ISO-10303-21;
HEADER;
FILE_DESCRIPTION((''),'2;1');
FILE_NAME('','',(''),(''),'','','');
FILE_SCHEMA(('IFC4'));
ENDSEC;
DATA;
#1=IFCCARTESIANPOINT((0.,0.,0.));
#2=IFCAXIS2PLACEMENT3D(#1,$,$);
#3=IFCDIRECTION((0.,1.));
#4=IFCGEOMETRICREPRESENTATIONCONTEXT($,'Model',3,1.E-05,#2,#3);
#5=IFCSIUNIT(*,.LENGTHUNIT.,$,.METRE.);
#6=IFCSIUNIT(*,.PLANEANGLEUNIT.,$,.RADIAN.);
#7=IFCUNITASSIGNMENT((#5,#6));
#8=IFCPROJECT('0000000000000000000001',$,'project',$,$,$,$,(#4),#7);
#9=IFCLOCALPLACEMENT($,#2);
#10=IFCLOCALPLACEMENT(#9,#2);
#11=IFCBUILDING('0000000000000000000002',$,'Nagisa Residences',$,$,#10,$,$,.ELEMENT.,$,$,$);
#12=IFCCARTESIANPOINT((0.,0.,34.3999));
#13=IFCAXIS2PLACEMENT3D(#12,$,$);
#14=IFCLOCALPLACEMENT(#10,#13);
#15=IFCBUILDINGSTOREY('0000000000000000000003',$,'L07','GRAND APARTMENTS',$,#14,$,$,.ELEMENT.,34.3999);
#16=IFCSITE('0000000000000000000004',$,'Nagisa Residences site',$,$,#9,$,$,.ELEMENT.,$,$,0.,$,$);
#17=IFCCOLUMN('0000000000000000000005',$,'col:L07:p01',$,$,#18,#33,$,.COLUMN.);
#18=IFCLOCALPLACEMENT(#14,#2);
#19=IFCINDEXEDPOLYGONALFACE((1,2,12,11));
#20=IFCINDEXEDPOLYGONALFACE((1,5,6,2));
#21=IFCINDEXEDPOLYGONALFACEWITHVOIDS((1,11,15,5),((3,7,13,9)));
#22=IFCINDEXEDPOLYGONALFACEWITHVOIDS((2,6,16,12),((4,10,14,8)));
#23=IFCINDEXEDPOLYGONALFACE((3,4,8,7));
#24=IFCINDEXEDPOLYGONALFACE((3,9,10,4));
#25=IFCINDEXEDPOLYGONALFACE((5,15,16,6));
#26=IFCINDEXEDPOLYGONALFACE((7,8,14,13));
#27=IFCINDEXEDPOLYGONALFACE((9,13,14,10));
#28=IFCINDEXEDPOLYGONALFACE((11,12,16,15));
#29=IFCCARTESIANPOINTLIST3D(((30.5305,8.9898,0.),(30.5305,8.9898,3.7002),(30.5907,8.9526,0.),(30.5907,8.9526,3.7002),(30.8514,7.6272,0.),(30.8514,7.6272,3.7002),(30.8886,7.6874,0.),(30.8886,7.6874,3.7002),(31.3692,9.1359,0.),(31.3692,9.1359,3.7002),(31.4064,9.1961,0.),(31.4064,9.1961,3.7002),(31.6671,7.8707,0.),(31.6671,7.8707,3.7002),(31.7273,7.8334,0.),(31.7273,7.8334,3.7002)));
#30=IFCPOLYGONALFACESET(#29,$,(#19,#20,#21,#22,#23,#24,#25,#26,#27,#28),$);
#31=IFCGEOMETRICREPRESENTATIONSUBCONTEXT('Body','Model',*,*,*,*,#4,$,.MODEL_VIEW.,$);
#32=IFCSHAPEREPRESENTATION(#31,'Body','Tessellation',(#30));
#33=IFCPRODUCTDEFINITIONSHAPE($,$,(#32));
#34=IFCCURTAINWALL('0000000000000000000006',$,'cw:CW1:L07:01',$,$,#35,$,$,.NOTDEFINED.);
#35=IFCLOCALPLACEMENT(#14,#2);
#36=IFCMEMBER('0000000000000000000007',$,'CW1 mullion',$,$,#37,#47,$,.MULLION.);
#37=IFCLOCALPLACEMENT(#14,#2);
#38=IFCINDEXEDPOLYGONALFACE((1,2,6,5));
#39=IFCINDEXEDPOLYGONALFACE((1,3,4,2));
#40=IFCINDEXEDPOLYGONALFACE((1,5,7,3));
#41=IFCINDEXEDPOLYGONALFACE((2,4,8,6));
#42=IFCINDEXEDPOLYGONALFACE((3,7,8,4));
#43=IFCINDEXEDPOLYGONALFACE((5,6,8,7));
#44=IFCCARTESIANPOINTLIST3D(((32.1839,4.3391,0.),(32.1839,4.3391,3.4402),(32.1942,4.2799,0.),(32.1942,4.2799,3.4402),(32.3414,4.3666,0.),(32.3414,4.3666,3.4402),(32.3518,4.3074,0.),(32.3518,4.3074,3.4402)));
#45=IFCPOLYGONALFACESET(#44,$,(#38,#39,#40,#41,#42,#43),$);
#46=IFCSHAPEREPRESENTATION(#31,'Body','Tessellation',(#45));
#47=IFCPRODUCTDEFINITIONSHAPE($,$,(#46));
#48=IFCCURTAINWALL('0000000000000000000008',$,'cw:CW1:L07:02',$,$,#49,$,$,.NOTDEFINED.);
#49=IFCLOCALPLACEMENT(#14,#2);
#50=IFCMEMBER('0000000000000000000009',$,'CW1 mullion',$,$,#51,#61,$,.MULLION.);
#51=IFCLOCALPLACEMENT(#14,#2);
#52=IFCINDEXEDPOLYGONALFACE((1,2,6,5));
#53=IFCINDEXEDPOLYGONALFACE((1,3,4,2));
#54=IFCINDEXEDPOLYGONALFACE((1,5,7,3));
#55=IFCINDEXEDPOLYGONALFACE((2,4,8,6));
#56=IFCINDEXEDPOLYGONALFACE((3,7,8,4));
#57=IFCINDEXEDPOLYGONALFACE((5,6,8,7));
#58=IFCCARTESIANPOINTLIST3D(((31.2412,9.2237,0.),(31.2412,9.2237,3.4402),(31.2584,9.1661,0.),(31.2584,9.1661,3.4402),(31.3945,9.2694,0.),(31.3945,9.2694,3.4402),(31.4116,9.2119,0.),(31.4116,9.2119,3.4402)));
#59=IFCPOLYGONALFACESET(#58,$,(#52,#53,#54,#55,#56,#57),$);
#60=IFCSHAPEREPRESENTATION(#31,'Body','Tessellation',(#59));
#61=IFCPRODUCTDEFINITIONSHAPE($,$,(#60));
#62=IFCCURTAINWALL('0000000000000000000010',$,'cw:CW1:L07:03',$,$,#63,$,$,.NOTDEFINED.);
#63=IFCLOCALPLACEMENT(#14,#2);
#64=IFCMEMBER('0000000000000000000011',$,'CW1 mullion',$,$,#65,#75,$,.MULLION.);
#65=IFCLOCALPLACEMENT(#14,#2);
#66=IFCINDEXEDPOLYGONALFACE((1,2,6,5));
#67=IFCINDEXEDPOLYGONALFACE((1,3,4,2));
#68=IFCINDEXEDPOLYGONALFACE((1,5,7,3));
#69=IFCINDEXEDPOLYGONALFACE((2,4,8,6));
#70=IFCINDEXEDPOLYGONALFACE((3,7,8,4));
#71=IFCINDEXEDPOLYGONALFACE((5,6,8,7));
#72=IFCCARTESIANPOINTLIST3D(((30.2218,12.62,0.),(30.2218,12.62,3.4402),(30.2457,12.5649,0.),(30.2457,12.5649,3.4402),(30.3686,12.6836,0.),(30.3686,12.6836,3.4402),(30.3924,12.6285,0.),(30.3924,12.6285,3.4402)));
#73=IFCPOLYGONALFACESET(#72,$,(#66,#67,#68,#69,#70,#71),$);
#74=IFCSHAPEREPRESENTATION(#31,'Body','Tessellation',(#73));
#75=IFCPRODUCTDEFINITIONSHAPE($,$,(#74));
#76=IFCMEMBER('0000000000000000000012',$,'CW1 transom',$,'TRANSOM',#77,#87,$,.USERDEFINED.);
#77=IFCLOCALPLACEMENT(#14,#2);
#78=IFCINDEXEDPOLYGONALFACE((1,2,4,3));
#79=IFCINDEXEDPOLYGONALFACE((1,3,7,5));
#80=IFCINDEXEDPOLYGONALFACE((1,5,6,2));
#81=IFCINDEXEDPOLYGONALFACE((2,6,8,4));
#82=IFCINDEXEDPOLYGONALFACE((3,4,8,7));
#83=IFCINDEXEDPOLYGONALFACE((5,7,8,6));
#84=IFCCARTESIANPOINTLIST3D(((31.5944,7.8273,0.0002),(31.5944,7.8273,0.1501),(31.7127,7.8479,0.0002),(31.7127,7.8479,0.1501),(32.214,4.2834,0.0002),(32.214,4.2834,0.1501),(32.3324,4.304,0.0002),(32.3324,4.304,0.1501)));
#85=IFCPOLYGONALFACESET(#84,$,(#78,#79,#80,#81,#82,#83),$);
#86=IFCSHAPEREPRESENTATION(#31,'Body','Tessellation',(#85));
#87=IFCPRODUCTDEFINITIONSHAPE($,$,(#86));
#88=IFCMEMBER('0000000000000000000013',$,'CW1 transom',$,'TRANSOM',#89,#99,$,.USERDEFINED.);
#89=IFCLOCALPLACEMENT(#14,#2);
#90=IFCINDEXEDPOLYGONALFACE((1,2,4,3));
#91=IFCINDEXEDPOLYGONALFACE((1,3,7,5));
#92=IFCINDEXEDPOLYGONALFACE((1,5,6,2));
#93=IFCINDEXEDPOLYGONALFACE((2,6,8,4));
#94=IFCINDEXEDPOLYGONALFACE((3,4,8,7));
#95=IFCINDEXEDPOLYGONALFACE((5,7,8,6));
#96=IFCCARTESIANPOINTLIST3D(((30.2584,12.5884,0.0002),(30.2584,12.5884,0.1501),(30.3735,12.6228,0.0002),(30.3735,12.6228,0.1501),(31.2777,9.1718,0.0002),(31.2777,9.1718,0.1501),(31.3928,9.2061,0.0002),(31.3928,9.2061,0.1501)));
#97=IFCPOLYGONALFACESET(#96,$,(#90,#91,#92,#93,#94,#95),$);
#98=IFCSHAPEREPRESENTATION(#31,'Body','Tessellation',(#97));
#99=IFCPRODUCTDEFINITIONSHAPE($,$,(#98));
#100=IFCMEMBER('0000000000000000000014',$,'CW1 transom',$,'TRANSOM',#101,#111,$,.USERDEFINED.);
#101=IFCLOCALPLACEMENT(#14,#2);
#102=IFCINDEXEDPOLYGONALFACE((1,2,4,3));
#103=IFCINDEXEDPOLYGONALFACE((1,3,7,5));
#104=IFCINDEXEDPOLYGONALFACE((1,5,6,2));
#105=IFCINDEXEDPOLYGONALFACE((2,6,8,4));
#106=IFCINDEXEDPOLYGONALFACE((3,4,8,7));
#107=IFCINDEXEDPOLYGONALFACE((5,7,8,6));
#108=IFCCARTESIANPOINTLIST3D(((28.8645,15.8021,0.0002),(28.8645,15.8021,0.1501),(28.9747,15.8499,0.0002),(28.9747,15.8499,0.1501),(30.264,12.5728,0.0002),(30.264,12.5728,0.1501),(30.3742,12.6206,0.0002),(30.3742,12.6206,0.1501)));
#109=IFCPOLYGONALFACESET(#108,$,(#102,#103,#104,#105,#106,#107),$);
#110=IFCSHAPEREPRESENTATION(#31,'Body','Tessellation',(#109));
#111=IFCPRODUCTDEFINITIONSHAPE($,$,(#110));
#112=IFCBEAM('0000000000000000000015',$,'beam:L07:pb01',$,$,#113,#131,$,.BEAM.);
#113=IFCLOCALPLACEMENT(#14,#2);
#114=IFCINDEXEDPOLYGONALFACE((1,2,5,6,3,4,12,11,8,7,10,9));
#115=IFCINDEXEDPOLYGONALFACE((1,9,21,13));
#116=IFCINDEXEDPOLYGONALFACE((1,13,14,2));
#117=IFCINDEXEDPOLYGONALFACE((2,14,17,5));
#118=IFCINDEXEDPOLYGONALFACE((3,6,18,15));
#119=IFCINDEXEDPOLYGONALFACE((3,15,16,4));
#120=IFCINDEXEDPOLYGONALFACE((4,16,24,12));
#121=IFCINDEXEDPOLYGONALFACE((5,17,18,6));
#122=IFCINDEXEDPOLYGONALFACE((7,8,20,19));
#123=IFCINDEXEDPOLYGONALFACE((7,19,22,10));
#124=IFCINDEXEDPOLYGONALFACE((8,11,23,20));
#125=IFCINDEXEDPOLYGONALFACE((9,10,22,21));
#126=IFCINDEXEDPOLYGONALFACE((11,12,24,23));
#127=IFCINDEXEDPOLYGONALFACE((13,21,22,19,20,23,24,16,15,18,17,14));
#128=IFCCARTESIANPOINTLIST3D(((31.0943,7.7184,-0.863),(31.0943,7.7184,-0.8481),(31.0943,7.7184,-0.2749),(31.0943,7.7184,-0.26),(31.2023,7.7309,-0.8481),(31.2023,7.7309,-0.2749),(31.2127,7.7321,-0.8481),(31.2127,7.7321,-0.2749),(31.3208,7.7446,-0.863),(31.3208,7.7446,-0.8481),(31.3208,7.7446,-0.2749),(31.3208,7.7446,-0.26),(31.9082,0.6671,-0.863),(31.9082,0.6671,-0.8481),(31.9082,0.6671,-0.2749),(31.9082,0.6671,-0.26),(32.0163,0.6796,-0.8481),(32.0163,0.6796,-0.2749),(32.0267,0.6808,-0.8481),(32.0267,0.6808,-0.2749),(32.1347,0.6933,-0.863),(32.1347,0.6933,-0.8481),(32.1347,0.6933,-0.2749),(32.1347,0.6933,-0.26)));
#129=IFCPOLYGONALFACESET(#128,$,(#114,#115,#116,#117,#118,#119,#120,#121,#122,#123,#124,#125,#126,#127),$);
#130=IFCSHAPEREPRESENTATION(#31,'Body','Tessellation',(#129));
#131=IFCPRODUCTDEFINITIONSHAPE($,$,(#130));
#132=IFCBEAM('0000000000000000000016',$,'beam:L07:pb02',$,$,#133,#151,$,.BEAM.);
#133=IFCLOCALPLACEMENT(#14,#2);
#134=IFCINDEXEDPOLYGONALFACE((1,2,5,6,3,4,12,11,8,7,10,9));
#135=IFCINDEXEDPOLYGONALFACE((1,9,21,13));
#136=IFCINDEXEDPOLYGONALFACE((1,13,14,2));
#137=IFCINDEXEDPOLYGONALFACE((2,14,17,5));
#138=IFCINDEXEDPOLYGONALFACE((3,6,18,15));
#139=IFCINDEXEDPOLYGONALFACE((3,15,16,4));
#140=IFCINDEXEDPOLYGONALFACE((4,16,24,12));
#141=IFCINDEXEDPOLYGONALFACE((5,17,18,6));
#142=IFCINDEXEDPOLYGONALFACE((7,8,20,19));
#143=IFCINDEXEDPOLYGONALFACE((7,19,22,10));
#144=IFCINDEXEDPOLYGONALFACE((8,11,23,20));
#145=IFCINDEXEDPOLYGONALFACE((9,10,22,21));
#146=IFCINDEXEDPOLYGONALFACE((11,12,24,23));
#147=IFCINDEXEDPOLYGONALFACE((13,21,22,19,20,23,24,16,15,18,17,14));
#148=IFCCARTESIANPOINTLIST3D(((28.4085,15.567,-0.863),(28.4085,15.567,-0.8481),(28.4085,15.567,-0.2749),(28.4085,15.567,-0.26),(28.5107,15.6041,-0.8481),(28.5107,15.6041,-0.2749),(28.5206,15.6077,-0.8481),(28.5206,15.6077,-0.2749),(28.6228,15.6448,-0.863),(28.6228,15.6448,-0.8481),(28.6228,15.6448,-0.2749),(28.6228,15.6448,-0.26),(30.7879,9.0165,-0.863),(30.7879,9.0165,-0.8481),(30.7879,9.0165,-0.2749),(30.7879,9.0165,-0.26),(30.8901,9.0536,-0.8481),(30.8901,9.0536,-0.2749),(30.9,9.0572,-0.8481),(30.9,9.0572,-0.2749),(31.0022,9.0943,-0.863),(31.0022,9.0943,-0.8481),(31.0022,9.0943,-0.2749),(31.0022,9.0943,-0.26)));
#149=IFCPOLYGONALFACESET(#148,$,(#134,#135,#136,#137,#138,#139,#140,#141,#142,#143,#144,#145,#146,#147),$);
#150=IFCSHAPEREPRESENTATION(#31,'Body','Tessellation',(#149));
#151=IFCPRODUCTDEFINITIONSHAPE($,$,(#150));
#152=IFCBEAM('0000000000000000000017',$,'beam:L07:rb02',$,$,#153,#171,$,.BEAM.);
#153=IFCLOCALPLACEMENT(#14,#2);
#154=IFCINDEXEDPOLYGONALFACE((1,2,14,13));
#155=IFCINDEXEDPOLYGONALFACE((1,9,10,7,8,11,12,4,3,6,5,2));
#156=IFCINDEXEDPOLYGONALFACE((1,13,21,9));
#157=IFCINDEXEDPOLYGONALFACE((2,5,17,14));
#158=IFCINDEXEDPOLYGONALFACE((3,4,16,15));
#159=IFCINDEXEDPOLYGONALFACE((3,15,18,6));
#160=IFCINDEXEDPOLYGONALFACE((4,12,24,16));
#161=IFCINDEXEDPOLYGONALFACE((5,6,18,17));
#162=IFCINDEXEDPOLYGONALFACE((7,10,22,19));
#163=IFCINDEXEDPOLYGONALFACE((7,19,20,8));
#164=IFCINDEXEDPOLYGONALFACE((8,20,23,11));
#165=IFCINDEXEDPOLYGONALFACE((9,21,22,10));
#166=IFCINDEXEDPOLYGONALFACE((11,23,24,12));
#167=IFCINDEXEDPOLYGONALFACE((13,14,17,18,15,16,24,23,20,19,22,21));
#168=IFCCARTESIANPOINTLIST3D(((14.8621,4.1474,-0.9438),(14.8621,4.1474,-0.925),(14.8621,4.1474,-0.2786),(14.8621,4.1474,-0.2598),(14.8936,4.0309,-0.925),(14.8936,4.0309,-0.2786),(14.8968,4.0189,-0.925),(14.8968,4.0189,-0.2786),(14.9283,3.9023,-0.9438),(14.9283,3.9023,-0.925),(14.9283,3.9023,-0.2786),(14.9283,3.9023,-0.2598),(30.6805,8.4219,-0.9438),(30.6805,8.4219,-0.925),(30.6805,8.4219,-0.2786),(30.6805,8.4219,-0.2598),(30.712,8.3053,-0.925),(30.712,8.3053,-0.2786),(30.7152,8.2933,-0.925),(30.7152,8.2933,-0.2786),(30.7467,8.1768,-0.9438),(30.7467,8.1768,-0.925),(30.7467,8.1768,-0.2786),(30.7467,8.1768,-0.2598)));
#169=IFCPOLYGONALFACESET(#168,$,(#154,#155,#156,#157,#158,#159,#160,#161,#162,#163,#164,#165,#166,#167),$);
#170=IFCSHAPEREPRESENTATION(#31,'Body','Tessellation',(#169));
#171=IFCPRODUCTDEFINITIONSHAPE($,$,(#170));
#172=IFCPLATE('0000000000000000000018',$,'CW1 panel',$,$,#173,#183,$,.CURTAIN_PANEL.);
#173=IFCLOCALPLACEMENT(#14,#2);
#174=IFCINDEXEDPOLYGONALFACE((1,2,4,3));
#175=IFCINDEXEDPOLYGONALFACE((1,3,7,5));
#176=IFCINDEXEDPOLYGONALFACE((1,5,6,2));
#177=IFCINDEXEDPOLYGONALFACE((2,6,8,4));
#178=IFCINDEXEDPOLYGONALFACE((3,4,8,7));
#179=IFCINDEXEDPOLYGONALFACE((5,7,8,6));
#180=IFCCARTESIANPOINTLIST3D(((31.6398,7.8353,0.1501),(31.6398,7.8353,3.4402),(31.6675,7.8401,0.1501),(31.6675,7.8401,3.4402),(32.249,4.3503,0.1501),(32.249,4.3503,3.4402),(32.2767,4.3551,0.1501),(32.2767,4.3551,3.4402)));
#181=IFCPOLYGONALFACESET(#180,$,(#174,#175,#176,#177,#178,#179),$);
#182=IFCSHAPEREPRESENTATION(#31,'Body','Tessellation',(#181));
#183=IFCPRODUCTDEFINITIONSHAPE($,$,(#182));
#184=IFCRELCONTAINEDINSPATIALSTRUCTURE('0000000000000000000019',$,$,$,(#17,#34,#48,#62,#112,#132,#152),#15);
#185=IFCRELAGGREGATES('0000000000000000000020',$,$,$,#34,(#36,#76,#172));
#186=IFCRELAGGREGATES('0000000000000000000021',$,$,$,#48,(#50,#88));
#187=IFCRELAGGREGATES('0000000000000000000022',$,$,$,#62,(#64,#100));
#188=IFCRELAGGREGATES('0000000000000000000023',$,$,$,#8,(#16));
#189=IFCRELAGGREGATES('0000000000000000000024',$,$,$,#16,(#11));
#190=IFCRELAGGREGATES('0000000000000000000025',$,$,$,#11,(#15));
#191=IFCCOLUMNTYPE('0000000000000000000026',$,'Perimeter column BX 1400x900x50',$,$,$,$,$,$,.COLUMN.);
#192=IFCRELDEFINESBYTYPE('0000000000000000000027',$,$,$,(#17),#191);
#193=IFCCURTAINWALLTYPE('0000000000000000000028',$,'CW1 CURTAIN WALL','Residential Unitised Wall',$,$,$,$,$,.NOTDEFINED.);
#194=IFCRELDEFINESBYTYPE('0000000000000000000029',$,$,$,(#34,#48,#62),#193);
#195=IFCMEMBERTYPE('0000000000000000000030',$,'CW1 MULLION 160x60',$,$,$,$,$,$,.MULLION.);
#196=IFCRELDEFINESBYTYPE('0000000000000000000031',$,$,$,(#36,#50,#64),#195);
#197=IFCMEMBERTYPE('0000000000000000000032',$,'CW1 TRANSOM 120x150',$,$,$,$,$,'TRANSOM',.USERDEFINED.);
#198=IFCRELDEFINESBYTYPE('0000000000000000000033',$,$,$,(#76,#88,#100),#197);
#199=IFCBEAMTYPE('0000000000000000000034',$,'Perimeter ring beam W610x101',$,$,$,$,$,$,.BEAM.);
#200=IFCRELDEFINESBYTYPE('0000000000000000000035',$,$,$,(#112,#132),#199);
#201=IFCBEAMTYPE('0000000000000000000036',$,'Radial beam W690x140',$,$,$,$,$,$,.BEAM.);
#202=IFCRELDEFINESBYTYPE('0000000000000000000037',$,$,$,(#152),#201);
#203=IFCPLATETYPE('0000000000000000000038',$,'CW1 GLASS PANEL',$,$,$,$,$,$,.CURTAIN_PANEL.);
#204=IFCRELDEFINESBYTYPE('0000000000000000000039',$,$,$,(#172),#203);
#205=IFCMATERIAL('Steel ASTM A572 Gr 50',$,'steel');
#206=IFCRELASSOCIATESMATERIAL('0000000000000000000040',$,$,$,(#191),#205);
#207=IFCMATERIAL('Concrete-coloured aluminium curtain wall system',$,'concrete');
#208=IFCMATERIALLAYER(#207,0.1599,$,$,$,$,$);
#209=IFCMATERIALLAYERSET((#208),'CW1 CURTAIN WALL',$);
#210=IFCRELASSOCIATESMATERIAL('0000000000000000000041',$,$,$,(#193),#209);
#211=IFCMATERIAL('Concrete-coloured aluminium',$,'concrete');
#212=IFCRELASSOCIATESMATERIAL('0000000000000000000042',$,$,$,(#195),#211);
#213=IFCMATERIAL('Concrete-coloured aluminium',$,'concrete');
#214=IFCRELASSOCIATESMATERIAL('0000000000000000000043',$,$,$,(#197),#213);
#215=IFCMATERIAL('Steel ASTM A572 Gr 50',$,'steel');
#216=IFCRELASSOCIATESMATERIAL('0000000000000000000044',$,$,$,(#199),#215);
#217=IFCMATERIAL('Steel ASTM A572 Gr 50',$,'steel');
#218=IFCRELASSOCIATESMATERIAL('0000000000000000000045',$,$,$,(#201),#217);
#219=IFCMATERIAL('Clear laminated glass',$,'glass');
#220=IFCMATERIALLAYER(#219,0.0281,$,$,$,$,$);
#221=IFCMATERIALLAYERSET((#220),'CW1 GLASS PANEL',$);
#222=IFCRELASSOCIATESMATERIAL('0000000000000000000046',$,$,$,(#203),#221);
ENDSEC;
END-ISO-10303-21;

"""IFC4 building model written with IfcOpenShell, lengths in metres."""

from ifc_helpers import new_model, si_unit, direction, frame, origin, origin_2d, place, context, subcontext, project, spatial, rectangle, hollow_rectangle, i_section, extrude, material, layer, layer_set, material_profile, profile_set, type_object, element, aggregate, save


model = new_model("IFC4")

# Units and contexts
model_context = context("Model", 3, precision=1e-05, world=origin(), true_north=direction((0.0, 1.0)))
body_context = subcontext(model_context, "Body", "Model", "MODEL_VIEW")
ifc_project = project(units=[si_unit("LENGTHUNIT", "METRE"), si_unit("PLANEANGLEUNIT", "RADIAN")], contexts=[model_context])

# Site, building, storey
site_placement = place(None, origin())
site = spatial("IfcSite", under=ifc_project, at=site_placement, Name="Nagisa Residences site", CompositionType="ELEMENT", RefElevation=0.0)
building_placement = place(site_placement, origin())
building = spatial("IfcBuilding", under=site, at=building_placement, Name="Nagisa Residences", CompositionType="ELEMENT")
storey_placement = place(building_placement, frame((0.0, 0.0, 34.3999)))
storey = spatial("IfcBuildingStorey", under=building, at=storey_placement, Name="L07", Description="GRAND APARTMENTS", CompositionType="ELEMENT", Elevation=34.3999)

# Column
ifc_material_1 = material(Name="Steel ASTM A572 Gr 50", Category="steel")
ifc_material_profile_1 = material_profile(ifc_material_1, hollow_rectangle(XDim=1.3999, YDim=0.8999, WallThickness=0.05, at=origin_2d()), Name="BX 1400x900x50")
ifc_profile_set_1 = profile_set([ifc_material_profile_1], Name="Steel ASTM A572 Gr 50")
column_type = type_object("IfcColumnType", Name="Perimeter column BX 1400x900x50", PredefinedType="COLUMN", material=ifc_profile_set_1)
column_placement = place(storey_placement, frame((31.1289, 8.4116, 0.0), z_axis=(0.0, 0.0, 1.0), x_axis=(-0.229202, 0.973379, 0.0)))
element("IfcColumn", 1, at=column_placement, inside=storey, type_object=column_type, Name="col:L07:p01", PredefinedType="COLUMN", context=body_context, shape_type="SweptSolid", body=[
    extrude(hollow_rectangle(XDim=1.3999, YDim=0.8999, WallThickness=0.05, at=origin_2d()), origin(), (0.0, 0.0, 1.0), 3.7002),
])

# Curtain walls, members
ifc_material_2 = material(Name="Concrete-coloured aluminium curtain wall system", Category="concrete")
ifc_layer_1 = layer(ifc_material_2, 0.1599)
ifc_layer_set_1 = layer_set([ifc_layer_1], Name="CW1 CURTAIN WALL")
curtain_wall_type = type_object("IfcCurtainWallType", Name="CW1 CURTAIN WALL", Description="Residential Unitised Wall", PredefinedType="NOTDEFINED", material=ifc_layer_set_1)
curtain_wall_1_placement = place(storey_placement, origin())
curtain_wall_1 = element("IfcCurtainWall", 2, at=curtain_wall_1_placement, inside=storey, type_object=curtain_wall_type, Name="cw:CW1:L07:01", PredefinedType="NOTDEFINED")
ifc_material_3 = material(Name="Concrete-coloured aluminium", Category="concrete")
ifc_material_profile_2 = material_profile(ifc_material_3, rectangle(XDim=0.1599, YDim=0.0601, at=origin_2d()), Name="CW1 MULLION 160x60")
ifc_profile_set_2 = profile_set([ifc_material_profile_2], Name="Concrete-coloured aluminium")
member_type_1 = type_object("IfcMemberType", Name="CW1 MULLION 160x60", PredefinedType="MULLION", material=ifc_profile_set_2)
member_1_placement = place(storey_placement, frame((32.2678, 4.3232, 0.0), z_axis=(0.0, 0.0, 1.0), x_axis=(-0.985064, -0.172191, 0.0)))
member_1 = element("IfcMember", 3, at=member_1_placement, type_object=member_type_1, Name="CW1 mullion", PredefinedType="MULLION", context=body_context, shape_type="SweptSolid", body=[
    extrude(rectangle(XDim=0.1599, YDim=0.0601, at=origin_2d()), origin(), (0.0, 0.0, 1.0), 3.4402),
])
curtain_wall_2_placement = place(storey_placement, origin())
curtain_wall_2 = element("IfcCurtainWall", 4, at=curtain_wall_2_placement, inside=storey, type_object=curtain_wall_type, Name="cw:CW1:L07:02", PredefinedType="NOTDEFINED")
member_2_placement = place(storey_placement, frame((31.3264, 9.2178, 0.0), z_axis=(0.0, 0.0, 1.0), x_axis=(-0.958271, -0.28586, 0.0)))
member_2 = element("IfcMember", 5, at=member_2_placement, type_object=member_type_1, Name="CW1 mullion", PredefinedType="MULLION", context=body_context, shape_type="SweptSolid", body=[
    extrude(rectangle(XDim=0.1599, YDim=0.0601, at=origin_2d()), origin(), (0.0, 0.0, 1.0), 3.4402),
])
curtain_wall_3_placement = place(storey_placement, origin())
curtain_wall_3 = element("IfcCurtainWall", 6, at=curtain_wall_3_placement, inside=storey, type_object=curtain_wall_type, Name="cw:CW1:L07:03", PredefinedType="NOTDEFINED")
member_3_placement = place(storey_placement, frame((30.3071, 12.6243, 0.0), z_axis=(0.0, 0.0, 1.0), x_axis=(-0.917543, -0.397636, 0.0)))
member_3 = element("IfcMember", 7, at=member_3_placement, type_object=member_type_1, Name="CW1 mullion", PredefinedType="MULLION", context=body_context, shape_type="SweptSolid", body=[
    extrude(rectangle(XDim=0.1599, YDim=0.0601, at=origin_2d()), origin(), (0.0, 0.0, 1.0), 3.4402),
])

# Members
ifc_material_4 = material(Name="Concrete-coloured aluminium", Category="concrete")
ifc_material_profile_3 = material_profile(ifc_material_4, rectangle(XDim=0.1201, YDim=0.1499, at=origin_2d()), Name="CW1 TRANSOM 120x150")
ifc_profile_set_3 = profile_set([ifc_material_profile_3], Name="Concrete-coloured aluminium")
member_type_2 = type_object("IfcMemberType", Name="CW1 TRANSOM 120x150", ElementType="TRANSOM", PredefinedType="USERDEFINED", material=ifc_profile_set_3)
member_4_placement = place(storey_placement, frame((32.2732, 4.2937, 0.0752), z_axis=(-0.172229, 0.985057, 0.0), x_axis=(-0.985057, -0.172229, 0.0)))
member_4 = element("IfcMember", 8, at=member_4_placement, type_object=member_type_2, Name="CW1 transom", ObjectType="TRANSOM", PredefinedType="USERDEFINED", context=body_context, shape_type="SweptSolid", body=[
    extrude(rectangle(XDim=0.1201, YDim=0.1499, at=origin_2d()), origin(), (0.0, 0.0, 1.0), 3.5977),
])
member_5_placement = place(storey_placement, frame((31.3352, 9.189, 0.0752), z_axis=(-0.285871, 0.958268, 0.0), x_axis=(-0.958268, -0.285871, 0.0)))
member_5 = element("IfcMember", 9, at=member_5_placement, type_object=member_type_2, Name="CW1 transom", ObjectType="TRANSOM", PredefinedType="USERDEFINED", context=body_context, shape_type="SweptSolid", body=[
    extrude(rectangle(XDim=0.1201, YDim=0.1499, at=origin_2d()), origin(), (0.0, 0.0, 1.0), 3.5654),
])
member_6_placement = place(storey_placement, frame((30.3191, 12.5967, 0.0752), z_axis=(-0.397625, 0.917548, 0.0), x_axis=(-0.917548, -0.397625, 0.0)))
member_6 = element("IfcMember", 10, at=member_6_placement, type_object=member_type_2, Name="CW1 transom", ObjectType="TRANSOM", PredefinedType="USERDEFINED", context=body_context, shape_type="SweptSolid", body=[
    extrude(rectangle(XDim=0.1201, YDim=0.1499, at=origin_2d()), origin(), (0.0, 0.0, 1.0), 3.5195),
])

# Beams
ifc_material_5 = material(Name="Steel ASTM A572 Gr 50", Category="steel")
ifc_material_profile_4 = material_profile(ifc_material_5, i_section(OverallWidth=0.228, OverallDepth=0.603, WebThickness=0.0105, FlangeThickness=0.0149, at=origin_2d()), Name="W610x101")
ifc_profile_set_4 = profile_set([ifc_material_profile_4], Name="Steel ASTM A572 Gr 50")
beam_type_1 = type_object("IfcBeamType", Name="Perimeter ring beam W610x101", PredefinedType="BEAM", material=ifc_profile_set_4)
beam_1_placement = place(storey_placement, frame((32.0215, 0.6802, -0.5615), z_axis=(-0.114674, 0.993403, 0.0), x_axis=(-0.993403, -0.114674, 0.0)))
element("IfcBeam", 11, at=beam_1_placement, inside=storey, type_object=beam_type_1, Name="beam:L07:pb01", PredefinedType="BEAM", context=body_context, shape_type="SweptSolid", body=[
    extrude(i_section(OverallWidth=0.228, OverallDepth=0.603, WebThickness=0.0105, FlangeThickness=0.0149, at=origin_2d()), origin(), (0.0, 0.0, 1.0), 7.0981),
])
beam_2_placement = place(storey_placement, frame((30.895, 9.0554, -0.5615), z_axis=(-0.341411, 0.939914, 0.0), x_axis=(-0.939914, -0.341411, 0.0)))
element("IfcBeam", 12, at=beam_2_placement, inside=storey, type_object=beam_type_1, Name="beam:L07:pb02", PredefinedType="BEAM", context=body_context, shape_type="SweptSolid", body=[
    extrude(i_section(OverallWidth=0.228, OverallDepth=0.603, WebThickness=0.0105, FlangeThickness=0.0149, at=origin_2d()), origin(), (0.0, 0.0, 1.0), 6.9692),
])
ifc_material_6 = material(Name="Steel ASTM A572 Gr 50", Category="steel")
ifc_material_profile_5 = material_profile(ifc_material_6, i_section(OverallWidth=0.2539, OverallDepth=0.6841, WebThickness=0.0125, FlangeThickness=0.0188, at=origin_2d()), Name="W690x140")
ifc_profile_set_5 = profile_set([ifc_material_profile_5], Name="Steel ASTM A572 Gr 50")
beam_type_2 = type_object("IfcBeamType", Name="Radial beam W690x140", PredefinedType="BEAM", material=ifc_profile_set_5)
beam_3_placement = place(storey_placement, frame((30.7136, 8.2993, -0.6018), z_axis=(-0.965376, -0.260862, 0.0), x_axis=(0.260862, -0.965376, 0.0)))
element("IfcBeam", 13, at=beam_3_placement, inside=storey, type_object=beam_type_2, Name="beam:L07:rb02", PredefinedType="BEAM", context=body_context, shape_type="SweptSolid", body=[
    extrude(i_section(OverallWidth=0.2539, OverallDepth=0.6841, WebThickness=0.0125, FlangeThickness=0.0188, at=origin_2d()), origin(), (0.0, 0.0, 1.0), 16.3857),
])

# Plate
ifc_material_7 = material(Name="Clear laminated glass", Category="glass")
ifc_layer_2 = layer(ifc_material_7, 0.0281)
ifc_layer_set_2 = layer_set([ifc_layer_2], Name="CW1 GLASS PANEL")
plate_type = type_object("IfcPlateType", Name="CW1 GLASS PANEL", PredefinedType="CURTAIN_PANEL", material=ifc_layer_set_2)
plate_1_placement = place(storey_placement, frame((31.9583, 6.0952, 0.1501), z_axis=(0.0, 0.0, 1.0), x_axis=(-0.172191, 0.985064, 0.0)))
plate_1 = element("IfcPlate", 14, at=plate_1_placement, type_object=plate_type, Name="CW1 panel", PredefinedType="CURTAIN_PANEL", context=body_context, shape_type="SweptSolid", body=[
    extrude(rectangle(XDim=3.5378, YDim=0.0281, at=origin_2d()), origin(), (0.0, 0.0, 1.0), 3.29),
])
aggregate(curtain_wall_1, [member_1, member_4, plate_1])
aggregate(curtain_wall_2, [member_2, member_5])
aggregate(curtain_wall_3, [member_3, member_6])

save(model, "model.ifc")
